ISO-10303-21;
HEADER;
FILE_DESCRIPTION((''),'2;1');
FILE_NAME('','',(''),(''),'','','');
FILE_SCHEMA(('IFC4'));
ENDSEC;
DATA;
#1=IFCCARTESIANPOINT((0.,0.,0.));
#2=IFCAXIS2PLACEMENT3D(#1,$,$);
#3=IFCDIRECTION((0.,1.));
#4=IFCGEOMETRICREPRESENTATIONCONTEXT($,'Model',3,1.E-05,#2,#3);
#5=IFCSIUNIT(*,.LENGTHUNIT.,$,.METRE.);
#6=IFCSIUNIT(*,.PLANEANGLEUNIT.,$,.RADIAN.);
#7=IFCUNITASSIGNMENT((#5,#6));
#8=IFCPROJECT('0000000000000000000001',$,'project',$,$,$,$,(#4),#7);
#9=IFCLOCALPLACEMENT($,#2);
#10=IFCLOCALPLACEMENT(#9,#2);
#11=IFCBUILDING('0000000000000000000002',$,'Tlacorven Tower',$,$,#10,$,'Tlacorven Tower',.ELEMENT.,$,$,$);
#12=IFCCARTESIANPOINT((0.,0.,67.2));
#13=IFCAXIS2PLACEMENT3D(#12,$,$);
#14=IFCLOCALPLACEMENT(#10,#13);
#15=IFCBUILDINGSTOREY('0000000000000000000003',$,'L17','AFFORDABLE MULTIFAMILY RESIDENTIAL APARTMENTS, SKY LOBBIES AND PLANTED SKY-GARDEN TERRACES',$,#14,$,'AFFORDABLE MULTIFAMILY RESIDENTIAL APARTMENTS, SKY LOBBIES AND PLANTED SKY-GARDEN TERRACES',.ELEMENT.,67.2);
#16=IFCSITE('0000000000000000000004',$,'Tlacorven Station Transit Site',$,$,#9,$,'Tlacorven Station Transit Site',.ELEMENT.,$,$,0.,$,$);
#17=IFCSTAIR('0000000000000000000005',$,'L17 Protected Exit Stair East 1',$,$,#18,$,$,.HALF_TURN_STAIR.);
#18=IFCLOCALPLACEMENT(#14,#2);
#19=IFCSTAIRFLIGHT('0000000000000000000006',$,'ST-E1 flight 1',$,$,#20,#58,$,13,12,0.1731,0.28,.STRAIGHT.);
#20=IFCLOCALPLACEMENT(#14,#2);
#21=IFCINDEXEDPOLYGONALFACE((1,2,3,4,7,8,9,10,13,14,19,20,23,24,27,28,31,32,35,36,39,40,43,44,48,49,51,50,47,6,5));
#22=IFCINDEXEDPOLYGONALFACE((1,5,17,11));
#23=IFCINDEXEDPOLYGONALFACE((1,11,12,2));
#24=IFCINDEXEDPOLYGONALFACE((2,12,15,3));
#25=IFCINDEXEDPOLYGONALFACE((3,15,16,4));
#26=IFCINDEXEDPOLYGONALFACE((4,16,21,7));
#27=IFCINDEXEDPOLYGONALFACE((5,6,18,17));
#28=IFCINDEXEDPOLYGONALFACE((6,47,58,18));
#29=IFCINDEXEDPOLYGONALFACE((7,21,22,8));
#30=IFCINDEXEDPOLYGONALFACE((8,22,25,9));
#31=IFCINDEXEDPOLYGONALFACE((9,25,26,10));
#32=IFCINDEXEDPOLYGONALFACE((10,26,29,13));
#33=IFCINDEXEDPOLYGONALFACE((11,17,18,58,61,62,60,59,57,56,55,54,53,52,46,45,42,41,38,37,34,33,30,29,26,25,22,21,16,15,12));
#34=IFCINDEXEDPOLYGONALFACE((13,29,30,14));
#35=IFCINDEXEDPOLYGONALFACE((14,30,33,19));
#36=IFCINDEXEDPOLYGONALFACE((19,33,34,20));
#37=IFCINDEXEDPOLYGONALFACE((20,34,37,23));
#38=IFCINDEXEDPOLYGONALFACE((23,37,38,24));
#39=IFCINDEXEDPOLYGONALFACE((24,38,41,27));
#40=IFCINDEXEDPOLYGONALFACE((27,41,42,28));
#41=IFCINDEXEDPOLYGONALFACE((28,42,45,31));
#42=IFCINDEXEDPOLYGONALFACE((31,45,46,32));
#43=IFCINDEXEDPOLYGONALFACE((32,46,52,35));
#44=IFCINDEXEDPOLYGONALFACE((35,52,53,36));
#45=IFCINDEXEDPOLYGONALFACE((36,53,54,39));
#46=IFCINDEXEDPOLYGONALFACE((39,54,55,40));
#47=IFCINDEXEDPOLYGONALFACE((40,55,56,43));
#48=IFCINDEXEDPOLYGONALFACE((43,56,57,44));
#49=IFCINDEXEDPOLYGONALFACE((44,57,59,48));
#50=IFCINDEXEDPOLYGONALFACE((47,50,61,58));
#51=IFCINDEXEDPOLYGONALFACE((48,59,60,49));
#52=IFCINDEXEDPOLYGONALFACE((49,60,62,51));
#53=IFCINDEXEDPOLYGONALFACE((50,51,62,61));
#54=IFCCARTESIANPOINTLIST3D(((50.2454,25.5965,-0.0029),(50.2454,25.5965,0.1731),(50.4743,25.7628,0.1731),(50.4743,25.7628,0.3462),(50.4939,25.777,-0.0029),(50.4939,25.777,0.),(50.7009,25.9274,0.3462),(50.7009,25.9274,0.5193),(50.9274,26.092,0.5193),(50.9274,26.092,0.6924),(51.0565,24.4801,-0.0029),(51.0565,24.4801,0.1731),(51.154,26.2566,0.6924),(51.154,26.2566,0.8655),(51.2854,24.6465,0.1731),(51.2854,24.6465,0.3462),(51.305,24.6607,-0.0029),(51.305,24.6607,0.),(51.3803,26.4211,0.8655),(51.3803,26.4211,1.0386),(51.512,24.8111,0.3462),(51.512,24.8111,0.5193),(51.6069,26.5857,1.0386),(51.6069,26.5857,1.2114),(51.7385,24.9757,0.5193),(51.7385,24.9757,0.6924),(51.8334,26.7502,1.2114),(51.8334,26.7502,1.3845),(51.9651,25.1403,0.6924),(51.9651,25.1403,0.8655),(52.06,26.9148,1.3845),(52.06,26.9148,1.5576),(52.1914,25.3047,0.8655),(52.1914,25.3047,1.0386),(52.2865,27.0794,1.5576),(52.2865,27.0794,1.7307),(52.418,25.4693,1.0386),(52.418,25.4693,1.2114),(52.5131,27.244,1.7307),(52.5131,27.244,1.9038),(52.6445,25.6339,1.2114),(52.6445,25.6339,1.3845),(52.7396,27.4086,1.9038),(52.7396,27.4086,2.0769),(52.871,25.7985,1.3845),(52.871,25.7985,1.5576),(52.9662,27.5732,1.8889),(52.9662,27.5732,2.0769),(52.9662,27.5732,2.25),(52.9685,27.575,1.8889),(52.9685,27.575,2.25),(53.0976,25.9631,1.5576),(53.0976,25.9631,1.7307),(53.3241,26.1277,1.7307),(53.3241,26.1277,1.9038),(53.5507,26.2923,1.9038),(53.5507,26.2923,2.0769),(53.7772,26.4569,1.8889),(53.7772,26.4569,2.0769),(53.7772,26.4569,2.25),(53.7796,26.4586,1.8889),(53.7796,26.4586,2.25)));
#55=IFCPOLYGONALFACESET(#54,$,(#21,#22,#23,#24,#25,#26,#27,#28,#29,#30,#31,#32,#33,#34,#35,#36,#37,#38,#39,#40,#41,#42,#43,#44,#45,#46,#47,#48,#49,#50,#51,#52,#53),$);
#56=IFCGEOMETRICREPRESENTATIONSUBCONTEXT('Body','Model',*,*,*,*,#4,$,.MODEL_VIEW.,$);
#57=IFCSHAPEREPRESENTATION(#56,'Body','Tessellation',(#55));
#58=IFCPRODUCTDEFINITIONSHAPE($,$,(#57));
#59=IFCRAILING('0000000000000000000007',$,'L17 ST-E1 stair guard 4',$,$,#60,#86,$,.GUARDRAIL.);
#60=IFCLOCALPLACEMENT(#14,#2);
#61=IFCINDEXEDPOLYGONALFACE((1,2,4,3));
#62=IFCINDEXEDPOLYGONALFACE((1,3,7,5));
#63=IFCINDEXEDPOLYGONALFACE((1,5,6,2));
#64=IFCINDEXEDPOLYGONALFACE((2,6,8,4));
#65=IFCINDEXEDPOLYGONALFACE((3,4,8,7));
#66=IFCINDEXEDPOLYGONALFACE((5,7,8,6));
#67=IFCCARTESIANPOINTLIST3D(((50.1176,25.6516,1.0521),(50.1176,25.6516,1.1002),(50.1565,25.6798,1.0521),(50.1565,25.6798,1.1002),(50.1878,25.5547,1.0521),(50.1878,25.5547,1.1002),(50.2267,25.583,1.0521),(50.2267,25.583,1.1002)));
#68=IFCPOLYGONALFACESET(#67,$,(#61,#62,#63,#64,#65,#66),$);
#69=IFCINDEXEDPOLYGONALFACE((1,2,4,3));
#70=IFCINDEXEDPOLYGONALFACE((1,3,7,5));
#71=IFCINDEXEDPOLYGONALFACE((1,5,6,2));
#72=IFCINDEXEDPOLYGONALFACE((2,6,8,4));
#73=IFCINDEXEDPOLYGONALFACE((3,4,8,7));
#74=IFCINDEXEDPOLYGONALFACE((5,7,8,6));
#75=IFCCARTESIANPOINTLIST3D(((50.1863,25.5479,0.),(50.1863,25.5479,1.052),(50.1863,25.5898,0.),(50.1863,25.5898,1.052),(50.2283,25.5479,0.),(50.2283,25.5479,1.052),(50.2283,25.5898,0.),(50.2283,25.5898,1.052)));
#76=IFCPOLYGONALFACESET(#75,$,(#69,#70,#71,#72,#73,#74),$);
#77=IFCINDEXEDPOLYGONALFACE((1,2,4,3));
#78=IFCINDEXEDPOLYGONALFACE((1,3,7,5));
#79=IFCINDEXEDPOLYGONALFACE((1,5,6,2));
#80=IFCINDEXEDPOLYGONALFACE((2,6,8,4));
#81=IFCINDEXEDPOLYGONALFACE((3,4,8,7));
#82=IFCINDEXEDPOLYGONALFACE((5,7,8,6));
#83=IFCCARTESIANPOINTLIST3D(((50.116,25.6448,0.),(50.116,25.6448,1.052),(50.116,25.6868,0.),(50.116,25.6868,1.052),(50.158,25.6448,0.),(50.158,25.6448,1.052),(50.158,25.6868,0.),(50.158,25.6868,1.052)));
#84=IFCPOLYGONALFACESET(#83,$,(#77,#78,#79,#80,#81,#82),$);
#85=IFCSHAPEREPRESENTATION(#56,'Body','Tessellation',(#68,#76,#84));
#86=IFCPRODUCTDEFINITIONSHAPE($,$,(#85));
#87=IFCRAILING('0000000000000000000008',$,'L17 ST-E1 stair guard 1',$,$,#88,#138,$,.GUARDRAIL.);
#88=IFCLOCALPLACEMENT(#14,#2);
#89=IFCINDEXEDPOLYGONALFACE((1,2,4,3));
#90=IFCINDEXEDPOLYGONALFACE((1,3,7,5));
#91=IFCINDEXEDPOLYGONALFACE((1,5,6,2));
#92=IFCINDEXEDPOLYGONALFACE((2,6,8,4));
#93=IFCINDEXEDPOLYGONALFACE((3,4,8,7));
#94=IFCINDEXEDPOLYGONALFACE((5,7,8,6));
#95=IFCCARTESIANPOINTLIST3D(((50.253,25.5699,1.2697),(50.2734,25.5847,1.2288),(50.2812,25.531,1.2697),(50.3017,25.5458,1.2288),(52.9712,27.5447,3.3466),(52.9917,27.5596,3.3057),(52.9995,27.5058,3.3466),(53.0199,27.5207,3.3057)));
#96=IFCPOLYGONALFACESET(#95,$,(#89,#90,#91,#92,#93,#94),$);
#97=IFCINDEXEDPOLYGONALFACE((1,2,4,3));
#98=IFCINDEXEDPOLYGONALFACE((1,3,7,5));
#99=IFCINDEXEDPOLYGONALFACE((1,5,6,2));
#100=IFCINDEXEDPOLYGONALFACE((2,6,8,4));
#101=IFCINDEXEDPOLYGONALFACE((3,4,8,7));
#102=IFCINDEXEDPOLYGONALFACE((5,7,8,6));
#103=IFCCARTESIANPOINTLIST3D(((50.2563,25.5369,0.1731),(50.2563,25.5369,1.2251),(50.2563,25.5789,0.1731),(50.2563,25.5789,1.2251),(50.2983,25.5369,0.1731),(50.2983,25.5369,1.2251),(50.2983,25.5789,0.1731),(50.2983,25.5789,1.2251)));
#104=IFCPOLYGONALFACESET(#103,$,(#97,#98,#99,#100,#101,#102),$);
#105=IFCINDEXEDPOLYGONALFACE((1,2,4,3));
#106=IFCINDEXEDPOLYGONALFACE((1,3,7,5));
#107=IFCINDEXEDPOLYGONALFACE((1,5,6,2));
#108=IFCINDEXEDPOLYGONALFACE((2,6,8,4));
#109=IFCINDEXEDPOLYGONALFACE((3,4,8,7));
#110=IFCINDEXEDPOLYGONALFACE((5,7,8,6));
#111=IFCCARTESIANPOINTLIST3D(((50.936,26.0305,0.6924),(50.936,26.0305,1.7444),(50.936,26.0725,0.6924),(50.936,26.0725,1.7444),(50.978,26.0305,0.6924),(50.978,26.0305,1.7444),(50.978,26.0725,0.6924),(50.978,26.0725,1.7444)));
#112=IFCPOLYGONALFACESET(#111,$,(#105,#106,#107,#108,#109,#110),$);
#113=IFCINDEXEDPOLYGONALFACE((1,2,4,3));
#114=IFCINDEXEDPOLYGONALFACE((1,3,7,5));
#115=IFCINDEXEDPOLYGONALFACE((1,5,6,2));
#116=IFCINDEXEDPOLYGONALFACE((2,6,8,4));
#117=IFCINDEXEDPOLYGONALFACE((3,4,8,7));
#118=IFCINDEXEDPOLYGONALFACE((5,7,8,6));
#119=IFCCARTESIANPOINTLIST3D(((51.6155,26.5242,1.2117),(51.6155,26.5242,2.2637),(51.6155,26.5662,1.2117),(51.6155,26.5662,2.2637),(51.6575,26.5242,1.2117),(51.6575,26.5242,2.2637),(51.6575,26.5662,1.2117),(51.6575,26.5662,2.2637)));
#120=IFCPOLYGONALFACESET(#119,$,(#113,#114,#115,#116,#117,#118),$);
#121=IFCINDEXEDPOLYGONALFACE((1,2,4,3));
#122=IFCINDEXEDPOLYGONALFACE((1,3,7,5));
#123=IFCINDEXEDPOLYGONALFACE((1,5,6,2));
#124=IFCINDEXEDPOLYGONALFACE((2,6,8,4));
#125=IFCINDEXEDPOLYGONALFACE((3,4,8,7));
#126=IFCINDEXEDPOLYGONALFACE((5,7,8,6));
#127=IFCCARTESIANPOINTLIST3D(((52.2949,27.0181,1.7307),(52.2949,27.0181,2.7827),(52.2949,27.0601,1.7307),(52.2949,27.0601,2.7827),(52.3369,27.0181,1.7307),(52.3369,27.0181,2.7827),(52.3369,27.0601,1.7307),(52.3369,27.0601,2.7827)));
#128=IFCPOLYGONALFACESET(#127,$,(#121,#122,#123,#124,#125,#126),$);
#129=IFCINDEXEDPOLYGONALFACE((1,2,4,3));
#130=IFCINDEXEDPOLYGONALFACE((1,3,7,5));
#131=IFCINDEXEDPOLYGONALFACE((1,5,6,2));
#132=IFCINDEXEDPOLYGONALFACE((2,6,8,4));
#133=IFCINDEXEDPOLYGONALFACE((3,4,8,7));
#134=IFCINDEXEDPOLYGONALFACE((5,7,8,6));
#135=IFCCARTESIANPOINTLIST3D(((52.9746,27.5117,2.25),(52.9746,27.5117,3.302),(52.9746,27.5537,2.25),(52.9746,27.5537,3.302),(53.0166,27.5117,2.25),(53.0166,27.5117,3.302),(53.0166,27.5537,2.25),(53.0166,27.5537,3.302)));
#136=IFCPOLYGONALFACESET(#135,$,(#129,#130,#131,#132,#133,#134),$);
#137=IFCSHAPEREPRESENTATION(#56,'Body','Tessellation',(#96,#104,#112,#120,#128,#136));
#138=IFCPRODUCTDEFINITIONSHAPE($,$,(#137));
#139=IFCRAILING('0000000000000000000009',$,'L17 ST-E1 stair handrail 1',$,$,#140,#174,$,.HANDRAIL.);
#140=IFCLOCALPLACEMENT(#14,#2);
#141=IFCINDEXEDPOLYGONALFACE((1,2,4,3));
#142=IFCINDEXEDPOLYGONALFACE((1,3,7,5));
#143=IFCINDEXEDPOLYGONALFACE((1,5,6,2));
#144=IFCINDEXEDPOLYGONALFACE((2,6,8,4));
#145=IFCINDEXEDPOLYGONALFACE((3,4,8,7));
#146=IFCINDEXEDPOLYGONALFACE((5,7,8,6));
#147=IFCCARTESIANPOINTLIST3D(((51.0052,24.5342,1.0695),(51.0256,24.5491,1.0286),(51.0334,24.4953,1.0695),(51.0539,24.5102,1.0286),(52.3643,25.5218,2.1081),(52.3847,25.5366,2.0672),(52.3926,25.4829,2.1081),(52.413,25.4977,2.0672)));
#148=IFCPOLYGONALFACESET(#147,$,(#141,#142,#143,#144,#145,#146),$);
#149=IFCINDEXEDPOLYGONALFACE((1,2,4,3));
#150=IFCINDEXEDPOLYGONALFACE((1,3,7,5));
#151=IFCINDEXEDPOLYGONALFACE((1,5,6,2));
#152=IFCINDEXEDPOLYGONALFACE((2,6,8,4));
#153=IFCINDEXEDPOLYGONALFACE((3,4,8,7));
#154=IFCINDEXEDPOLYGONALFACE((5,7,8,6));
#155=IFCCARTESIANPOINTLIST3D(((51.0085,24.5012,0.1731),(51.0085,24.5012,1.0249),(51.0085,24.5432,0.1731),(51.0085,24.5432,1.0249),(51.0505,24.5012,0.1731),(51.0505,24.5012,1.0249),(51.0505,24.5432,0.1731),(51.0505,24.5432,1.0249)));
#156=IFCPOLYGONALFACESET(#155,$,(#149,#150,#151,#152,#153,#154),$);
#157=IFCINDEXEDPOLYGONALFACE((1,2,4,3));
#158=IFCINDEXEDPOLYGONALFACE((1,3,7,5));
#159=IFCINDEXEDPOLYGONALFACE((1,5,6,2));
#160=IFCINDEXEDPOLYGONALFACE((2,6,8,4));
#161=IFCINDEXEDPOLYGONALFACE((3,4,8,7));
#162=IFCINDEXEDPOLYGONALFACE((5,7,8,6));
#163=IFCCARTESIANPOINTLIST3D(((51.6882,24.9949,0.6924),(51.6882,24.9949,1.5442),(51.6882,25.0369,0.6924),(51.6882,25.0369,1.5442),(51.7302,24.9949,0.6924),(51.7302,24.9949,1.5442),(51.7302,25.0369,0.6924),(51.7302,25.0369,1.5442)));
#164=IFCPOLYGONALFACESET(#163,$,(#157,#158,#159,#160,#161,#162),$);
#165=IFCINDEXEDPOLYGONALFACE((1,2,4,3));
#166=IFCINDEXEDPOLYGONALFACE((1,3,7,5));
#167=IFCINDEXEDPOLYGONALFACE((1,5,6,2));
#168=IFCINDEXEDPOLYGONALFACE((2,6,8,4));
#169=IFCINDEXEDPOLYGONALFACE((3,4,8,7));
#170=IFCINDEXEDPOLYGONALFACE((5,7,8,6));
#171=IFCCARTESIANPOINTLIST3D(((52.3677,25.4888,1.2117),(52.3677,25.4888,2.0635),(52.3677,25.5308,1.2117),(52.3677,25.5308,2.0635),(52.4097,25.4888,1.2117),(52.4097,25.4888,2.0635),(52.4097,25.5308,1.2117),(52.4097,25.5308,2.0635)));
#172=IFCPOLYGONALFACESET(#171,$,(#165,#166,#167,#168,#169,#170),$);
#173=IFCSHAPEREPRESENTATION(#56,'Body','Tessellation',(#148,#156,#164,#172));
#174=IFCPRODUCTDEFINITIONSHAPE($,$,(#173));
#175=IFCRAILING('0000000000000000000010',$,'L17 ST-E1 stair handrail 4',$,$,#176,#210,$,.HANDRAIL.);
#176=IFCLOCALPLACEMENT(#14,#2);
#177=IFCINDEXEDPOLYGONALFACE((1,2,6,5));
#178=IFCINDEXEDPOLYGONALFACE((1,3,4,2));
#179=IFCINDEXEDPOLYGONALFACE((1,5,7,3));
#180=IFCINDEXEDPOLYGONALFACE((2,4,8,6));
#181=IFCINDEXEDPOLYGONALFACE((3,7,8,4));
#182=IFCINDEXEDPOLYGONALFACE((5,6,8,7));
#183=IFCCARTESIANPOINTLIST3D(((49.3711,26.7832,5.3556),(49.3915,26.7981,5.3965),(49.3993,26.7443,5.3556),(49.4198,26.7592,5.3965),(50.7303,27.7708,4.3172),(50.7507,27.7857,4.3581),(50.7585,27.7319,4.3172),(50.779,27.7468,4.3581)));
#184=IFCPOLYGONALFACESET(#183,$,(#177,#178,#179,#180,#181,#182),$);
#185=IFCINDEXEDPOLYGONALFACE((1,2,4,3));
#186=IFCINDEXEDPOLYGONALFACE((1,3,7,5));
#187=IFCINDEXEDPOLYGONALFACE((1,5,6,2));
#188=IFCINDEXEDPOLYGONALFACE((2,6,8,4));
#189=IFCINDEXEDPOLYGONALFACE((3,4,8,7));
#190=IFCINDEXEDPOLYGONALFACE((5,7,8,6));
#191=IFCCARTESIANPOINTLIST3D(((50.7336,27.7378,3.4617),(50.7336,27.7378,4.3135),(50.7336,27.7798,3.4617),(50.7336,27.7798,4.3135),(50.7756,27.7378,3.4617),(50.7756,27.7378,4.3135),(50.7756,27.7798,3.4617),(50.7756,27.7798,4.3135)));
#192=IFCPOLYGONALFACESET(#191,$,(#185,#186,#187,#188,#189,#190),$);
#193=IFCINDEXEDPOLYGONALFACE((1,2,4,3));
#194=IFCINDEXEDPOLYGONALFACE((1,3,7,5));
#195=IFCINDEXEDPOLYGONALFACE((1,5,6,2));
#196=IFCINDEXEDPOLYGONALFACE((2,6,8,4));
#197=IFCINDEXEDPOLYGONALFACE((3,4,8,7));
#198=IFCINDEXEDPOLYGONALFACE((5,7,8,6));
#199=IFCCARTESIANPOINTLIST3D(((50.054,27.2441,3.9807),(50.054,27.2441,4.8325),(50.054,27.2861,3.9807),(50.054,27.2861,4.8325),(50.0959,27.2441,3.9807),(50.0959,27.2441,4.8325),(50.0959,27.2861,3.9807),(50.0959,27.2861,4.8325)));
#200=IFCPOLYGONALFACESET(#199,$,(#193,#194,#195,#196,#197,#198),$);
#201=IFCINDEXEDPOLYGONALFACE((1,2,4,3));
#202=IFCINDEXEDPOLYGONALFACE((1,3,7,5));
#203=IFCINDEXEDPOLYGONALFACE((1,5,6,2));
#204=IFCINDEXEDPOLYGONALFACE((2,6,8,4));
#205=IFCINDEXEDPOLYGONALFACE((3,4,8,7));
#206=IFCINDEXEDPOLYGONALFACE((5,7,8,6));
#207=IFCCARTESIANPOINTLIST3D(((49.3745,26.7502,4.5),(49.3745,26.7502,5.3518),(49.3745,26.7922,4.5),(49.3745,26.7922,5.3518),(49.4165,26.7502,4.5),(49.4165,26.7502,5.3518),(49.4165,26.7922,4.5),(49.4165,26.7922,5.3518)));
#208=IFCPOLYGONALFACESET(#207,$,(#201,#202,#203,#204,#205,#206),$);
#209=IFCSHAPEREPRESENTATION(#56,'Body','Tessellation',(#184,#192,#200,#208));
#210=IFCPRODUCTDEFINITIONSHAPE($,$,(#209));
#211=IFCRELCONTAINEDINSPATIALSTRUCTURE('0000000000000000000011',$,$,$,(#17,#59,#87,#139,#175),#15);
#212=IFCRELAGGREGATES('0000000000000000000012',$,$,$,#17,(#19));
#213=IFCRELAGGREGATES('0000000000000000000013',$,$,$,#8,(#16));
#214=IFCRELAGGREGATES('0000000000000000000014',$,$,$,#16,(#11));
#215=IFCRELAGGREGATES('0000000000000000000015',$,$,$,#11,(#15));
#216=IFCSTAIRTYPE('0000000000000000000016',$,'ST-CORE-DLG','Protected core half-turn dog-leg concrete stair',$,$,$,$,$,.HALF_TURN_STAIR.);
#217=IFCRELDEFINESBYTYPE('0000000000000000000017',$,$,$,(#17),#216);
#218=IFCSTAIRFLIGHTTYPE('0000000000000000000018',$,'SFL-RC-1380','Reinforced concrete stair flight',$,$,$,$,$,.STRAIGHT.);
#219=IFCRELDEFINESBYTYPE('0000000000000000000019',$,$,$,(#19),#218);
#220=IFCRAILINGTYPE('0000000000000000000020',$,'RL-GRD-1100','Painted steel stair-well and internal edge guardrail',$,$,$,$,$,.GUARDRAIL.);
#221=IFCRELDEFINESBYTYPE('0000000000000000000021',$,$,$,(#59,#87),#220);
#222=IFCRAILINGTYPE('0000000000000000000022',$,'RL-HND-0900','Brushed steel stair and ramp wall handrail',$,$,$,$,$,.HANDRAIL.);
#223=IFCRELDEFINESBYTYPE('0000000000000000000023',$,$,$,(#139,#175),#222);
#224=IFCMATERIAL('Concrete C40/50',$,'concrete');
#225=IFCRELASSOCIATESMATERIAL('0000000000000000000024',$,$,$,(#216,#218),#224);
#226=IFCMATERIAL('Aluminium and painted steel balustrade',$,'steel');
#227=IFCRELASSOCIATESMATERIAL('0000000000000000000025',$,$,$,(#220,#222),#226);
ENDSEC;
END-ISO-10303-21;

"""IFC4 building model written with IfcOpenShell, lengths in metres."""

from ifc_helpers import new_model, si_unit, direction, frame, origin, origin_2d, place, context, subcontext, project, spatial, polyline, rectangle, outline, extrude, source, transform, mapped, material, type_object, element, aggregate, save


model = new_model("IFC4")

# Units and contexts
model_context = context("Model", 3, precision=1e-05, world=origin(), true_north=direction((0.0, 1.0)))
body_context = subcontext(model_context, "Body", "Model", "MODEL_VIEW")
ifc_project = project(units=[si_unit("LENGTHUNIT", "METRE"), si_unit("PLANEANGLEUNIT", "RADIAN")], contexts=[model_context])

# Site, building, storey
site_placement = place(None, origin())
site = spatial("IfcSite", under=ifc_project, at=site_placement, Name="Tlacorven Station Transit Site", LongName="Tlacorven Station Transit Site", CompositionType="ELEMENT", RefElevation=0.0)
building_placement = place(site_placement, origin())
building = spatial("IfcBuilding", under=site, at=building_placement, Name="Tlacorven Tower", LongName="Tlacorven Tower", CompositionType="ELEMENT")
storey_placement = place(building_placement, frame((0.0, 0.0, 67.2)))
storey = spatial("IfcBuildingStorey", under=building, at=storey_placement, Name="L17", Description="AFFORDABLE MULTIFAMILY RESIDENTIAL APARTMENTS, SKY LOBBIES AND PLANTED SKY-GARDEN TERRACES", LongName="AFFORDABLE MULTIFAMILY RESIDENTIAL APARTMENTS, SKY LOBBIES AND PLANTED SKY-GARDEN TERRACES", CompositionType="ELEMENT", Elevation=67.2)

# Stair, stair flight
ifc_material_1 = material(Name="Concrete C40/50", Category="concrete")
stair_type = type_object("IfcStairType", Name="ST-CORE-DLG", Description="Protected core half-turn dog-leg concrete stair", PredefinedType="HALF_TURN_STAIR", material=ifc_material_1)
stair_placement = place(storey_placement, origin())
stair = element("IfcStair", 1, at=stair_placement, inside=storey, type_object=stair_type, Name="L17 Protected Exit Stair East 1", PredefinedType="HALF_TURN_STAIR")
stair_flight_type = type_object("IfcStairFlightType", Name="SFL-RC-1380", Description="Reinforced concrete stair flight", PredefinedType="STRAIGHT", material=ifc_material_1)
shared_shape_1 = source(origin(), body_context, "Body", "SweptSolid", [
    extrude(outline(polyline([(-0.0029, -0.0029), (-0.0029, 0.1731), (0.28, 0.1731), (0.28, 0.3462), (0.5601, 0.3462), (0.5601, 0.5193), (0.8401, 0.5193), (0.8401, 0.6924), (1.1201, 0.6924), (1.1201, 0.8655), (1.3999, 0.8655), (1.3999, 1.0386), (1.6799, 1.0386), (1.6799, 1.2114), (1.96, 1.2114), (1.96, 1.3845), (2.24, 1.3845), (2.24, 1.5576), (2.52, 1.5576), (2.52, 1.7307), (2.8, 1.7307), (2.8, 1.9038), (3.0801, 1.9038), (3.0801, 2.0769), (3.3601, 2.0769), (3.3601, 2.25), (3.363, 2.25), (3.363, 1.8889), (3.3601, 1.8889), (0.3042, 0.0), (0.3042, -0.0029), (-0.0029, -0.0029)])), frame((0.0, 0.6899, 0.0), z_axis=(0.0, -1.0, 0.0), x_axis=(1.0, 0.0, 0.0)), (0.0, 0.0, 1.0), 1.3799),
])
stair_flight_placement = place(storey_placement, frame((50.6533, 25.04, 0.0), z_axis=(0.0, 0.0, 1.0), x_axis=(0.809017, 0.587785, 0.0)))
stair_flight = element("IfcStairFlight", 2, at=stair_flight_placement, type_object=stair_flight_type, Name="ST-E1 flight 1", NumberOfRisers=13, NumberOfTreads=12, PredefinedType="STRAIGHT", RiserHeight=0.1731, TreadLength=0.28, context=body_context, shape_type="MappedRepresentation", body=[
    mapped(shared_shape_1, transform((0.0, 0.0, 0.0), scale=1.0)),
])
aggregate(stair, [stair_flight])

# Railings
ifc_material_2 = material(Name="Aluminium and painted steel balustrade", Category="steel")
railing_type_1 = type_object("IfcRailingType", Name="RL-GRD-1100", Description="Painted steel stair-well and internal edge guardrail", PredefinedType="GUARDRAIL", material=ifc_material_2)
shared_shape_2 = source(origin(), body_context, "Body", "SweptSolid", [
    extrude(rectangle(XDim=0.0481, YDim=0.0481, at=origin_2d()), frame((0.0, 0.0, 1.0762), z_axis=(-0.587201, 0.809441, 0.0), x_axis=(-0.809441, -0.587201, 0.0)), (0.0, 0.0, 1.0), 0.1196),
    extrude(rectangle(XDim=0.042, YDim=0.042, at=origin_2d()), origin(), (0.0, 0.0, 1.0), 1.052),
    extrude(rectangle(XDim=0.042, YDim=0.042, at=origin_2d()), frame((-0.0703, 0.0969, 0.0)), (0.0, 0.0, 1.0), 1.052),
])
railing_1_placement = place(storey_placement, frame((50.2073, 25.5688, 0.0)))
element("IfcRailing", 3, at=railing_1_placement, inside=storey, type_object=railing_type_1, Name="L17 ST-E1 stair guard 4", PredefinedType="GUARDRAIL", context=body_context, shape_type="MappedRepresentation", body=[
    mapped(shared_shape_2, transform((0.0, 0.0, 0.0), scale=1.0)),
])
shared_shape_3 = source(origin(), body_context, "Body", "SweptSolid", [
    extrude(rectangle(XDim=0.0481, YDim=0.0481, at=origin_2d()), frame((0.0, 0.0, 1.0762), z_axis=(0.688167, 0.499963, 0.525798), x_axis=(-0.58777, 0.809028, 0.0)), (0.0, 0.0, 1.0), 3.95),
    extrude(rectangle(XDim=0.042, YDim=0.042, at=origin_2d()), origin(), (0.0, 0.0, 1.0), 1.052),
    extrude(rectangle(XDim=0.042, YDim=0.042, at=origin_2d()), frame((0.6797, 0.4937, 0.5193)), (0.0, 0.0, 1.0), 1.052),
    extrude(rectangle(XDim=0.042, YDim=0.042, at=origin_2d()), frame((1.3591, 0.9873, 1.0386)), (0.0, 0.0, 1.0), 1.052),
    extrude(rectangle(XDim=0.042, YDim=0.042, at=origin_2d()), frame((2.0386, 1.4812, 1.5576)), (0.0, 0.0, 1.0), 1.052),
    extrude(rectangle(XDim=0.042, YDim=0.042, at=origin_2d()), frame((2.7183, 1.9749, 2.0769)), (0.0, 0.0, 1.0), 1.052),
])
railing_2_placement = place(storey_placement, frame((50.2773, 25.5579, 0.1731)))
element("IfcRailing", 4, at=railing_2_placement, inside=storey, type_object=railing_type_1, Name="L17 ST-E1 stair guard 1", PredefinedType="GUARDRAIL", context=body_context, shape_type="MappedRepresentation", body=[
    mapped(shared_shape_3, transform((0.0, 0.0, 0.0), scale=1.0)),
])
railing_type_2 = type_object("IfcRailingType", Name="RL-HND-0900", Description="Brushed steel stair and ramp wall handrail", PredefinedType="HANDRAIL", material=ifc_material_2)
shared_shape_4 = source(origin(), body_context, "Body", "SweptSolid", [
    extrude(rectangle(XDim=0.0481, YDim=0.0481, at=origin_2d()), frame((0.0, 0.0, 0.876), z_axis=(0.688123, 0.499993, 0.525827), x_axis=(-0.587817, 0.808994, 0.0)), (0.0, 0.0, 1.0), 1.9751),
    extrude(rectangle(XDim=0.042, YDim=0.042, at=origin_2d()), origin(), (0.0, 0.0, 1.0), 0.8518),
    extrude(rectangle(XDim=0.042, YDim=0.042, at=origin_2d()), frame((0.6797, 0.4937, 0.5193)), (0.0, 0.0, 1.0), 0.8518),
    extrude(rectangle(XDim=0.042, YDim=0.042, at=origin_2d()), frame((1.3591, 0.9875, 1.0386)), (0.0, 0.0, 1.0), 0.8518),
])
railing_3_placement = place(storey_placement, frame((51.0295, 24.5222, 0.1731)))
element("IfcRailing", 5, at=railing_3_placement, inside=storey, type_object=railing_type_2, Name="L17 ST-E1 stair handrail 1", PredefinedType="HANDRAIL", context=body_context, shape_type="MappedRepresentation", body=[
    mapped(shared_shape_4, transform((0.0, 0.0, 0.0), scale=1.0)),
])
shared_shape_5 = source(origin(), body_context, "Body", "SweptSolid", [
    extrude(rectangle(XDim=0.0481, YDim=0.0481, at=origin_2d()), frame((0.0, 0.0, 0.876), z_axis=(-0.688168, -0.500025, 0.525737), x_axis=(0.587817, -0.808994, 0.0)), (0.0, 0.0, 1.0), 1.9751),
    extrude(rectangle(XDim=0.042, YDim=0.042, at=origin_2d()), origin(), (0.0, 0.0, 1.0), 0.8518),
    extrude(rectangle(XDim=0.042, YDim=0.042, at=origin_2d()), frame((-0.6797, -0.4937, 0.519)), (0.0, 0.0, 1.0), 0.8518),
    extrude(rectangle(XDim=0.042, YDim=0.042, at=origin_2d()), frame((-1.3591, -0.9875, 1.0383)), (0.0, 0.0, 1.0), 0.8518),
])
railing_4_placement = place(storey_placement, frame((50.7546, 27.7588, 3.4617)))
element("IfcRailing", 6, at=railing_4_placement, inside=storey, type_object=railing_type_2, Name="L17 ST-E1 stair handrail 4", PredefinedType="HANDRAIL", context=body_context, shape_type="MappedRepresentation", body=[
    mapped(shared_shape_5, transform((0.0, 0.0, 0.0), scale=1.0)),
])

save(model, "model.ifc")
